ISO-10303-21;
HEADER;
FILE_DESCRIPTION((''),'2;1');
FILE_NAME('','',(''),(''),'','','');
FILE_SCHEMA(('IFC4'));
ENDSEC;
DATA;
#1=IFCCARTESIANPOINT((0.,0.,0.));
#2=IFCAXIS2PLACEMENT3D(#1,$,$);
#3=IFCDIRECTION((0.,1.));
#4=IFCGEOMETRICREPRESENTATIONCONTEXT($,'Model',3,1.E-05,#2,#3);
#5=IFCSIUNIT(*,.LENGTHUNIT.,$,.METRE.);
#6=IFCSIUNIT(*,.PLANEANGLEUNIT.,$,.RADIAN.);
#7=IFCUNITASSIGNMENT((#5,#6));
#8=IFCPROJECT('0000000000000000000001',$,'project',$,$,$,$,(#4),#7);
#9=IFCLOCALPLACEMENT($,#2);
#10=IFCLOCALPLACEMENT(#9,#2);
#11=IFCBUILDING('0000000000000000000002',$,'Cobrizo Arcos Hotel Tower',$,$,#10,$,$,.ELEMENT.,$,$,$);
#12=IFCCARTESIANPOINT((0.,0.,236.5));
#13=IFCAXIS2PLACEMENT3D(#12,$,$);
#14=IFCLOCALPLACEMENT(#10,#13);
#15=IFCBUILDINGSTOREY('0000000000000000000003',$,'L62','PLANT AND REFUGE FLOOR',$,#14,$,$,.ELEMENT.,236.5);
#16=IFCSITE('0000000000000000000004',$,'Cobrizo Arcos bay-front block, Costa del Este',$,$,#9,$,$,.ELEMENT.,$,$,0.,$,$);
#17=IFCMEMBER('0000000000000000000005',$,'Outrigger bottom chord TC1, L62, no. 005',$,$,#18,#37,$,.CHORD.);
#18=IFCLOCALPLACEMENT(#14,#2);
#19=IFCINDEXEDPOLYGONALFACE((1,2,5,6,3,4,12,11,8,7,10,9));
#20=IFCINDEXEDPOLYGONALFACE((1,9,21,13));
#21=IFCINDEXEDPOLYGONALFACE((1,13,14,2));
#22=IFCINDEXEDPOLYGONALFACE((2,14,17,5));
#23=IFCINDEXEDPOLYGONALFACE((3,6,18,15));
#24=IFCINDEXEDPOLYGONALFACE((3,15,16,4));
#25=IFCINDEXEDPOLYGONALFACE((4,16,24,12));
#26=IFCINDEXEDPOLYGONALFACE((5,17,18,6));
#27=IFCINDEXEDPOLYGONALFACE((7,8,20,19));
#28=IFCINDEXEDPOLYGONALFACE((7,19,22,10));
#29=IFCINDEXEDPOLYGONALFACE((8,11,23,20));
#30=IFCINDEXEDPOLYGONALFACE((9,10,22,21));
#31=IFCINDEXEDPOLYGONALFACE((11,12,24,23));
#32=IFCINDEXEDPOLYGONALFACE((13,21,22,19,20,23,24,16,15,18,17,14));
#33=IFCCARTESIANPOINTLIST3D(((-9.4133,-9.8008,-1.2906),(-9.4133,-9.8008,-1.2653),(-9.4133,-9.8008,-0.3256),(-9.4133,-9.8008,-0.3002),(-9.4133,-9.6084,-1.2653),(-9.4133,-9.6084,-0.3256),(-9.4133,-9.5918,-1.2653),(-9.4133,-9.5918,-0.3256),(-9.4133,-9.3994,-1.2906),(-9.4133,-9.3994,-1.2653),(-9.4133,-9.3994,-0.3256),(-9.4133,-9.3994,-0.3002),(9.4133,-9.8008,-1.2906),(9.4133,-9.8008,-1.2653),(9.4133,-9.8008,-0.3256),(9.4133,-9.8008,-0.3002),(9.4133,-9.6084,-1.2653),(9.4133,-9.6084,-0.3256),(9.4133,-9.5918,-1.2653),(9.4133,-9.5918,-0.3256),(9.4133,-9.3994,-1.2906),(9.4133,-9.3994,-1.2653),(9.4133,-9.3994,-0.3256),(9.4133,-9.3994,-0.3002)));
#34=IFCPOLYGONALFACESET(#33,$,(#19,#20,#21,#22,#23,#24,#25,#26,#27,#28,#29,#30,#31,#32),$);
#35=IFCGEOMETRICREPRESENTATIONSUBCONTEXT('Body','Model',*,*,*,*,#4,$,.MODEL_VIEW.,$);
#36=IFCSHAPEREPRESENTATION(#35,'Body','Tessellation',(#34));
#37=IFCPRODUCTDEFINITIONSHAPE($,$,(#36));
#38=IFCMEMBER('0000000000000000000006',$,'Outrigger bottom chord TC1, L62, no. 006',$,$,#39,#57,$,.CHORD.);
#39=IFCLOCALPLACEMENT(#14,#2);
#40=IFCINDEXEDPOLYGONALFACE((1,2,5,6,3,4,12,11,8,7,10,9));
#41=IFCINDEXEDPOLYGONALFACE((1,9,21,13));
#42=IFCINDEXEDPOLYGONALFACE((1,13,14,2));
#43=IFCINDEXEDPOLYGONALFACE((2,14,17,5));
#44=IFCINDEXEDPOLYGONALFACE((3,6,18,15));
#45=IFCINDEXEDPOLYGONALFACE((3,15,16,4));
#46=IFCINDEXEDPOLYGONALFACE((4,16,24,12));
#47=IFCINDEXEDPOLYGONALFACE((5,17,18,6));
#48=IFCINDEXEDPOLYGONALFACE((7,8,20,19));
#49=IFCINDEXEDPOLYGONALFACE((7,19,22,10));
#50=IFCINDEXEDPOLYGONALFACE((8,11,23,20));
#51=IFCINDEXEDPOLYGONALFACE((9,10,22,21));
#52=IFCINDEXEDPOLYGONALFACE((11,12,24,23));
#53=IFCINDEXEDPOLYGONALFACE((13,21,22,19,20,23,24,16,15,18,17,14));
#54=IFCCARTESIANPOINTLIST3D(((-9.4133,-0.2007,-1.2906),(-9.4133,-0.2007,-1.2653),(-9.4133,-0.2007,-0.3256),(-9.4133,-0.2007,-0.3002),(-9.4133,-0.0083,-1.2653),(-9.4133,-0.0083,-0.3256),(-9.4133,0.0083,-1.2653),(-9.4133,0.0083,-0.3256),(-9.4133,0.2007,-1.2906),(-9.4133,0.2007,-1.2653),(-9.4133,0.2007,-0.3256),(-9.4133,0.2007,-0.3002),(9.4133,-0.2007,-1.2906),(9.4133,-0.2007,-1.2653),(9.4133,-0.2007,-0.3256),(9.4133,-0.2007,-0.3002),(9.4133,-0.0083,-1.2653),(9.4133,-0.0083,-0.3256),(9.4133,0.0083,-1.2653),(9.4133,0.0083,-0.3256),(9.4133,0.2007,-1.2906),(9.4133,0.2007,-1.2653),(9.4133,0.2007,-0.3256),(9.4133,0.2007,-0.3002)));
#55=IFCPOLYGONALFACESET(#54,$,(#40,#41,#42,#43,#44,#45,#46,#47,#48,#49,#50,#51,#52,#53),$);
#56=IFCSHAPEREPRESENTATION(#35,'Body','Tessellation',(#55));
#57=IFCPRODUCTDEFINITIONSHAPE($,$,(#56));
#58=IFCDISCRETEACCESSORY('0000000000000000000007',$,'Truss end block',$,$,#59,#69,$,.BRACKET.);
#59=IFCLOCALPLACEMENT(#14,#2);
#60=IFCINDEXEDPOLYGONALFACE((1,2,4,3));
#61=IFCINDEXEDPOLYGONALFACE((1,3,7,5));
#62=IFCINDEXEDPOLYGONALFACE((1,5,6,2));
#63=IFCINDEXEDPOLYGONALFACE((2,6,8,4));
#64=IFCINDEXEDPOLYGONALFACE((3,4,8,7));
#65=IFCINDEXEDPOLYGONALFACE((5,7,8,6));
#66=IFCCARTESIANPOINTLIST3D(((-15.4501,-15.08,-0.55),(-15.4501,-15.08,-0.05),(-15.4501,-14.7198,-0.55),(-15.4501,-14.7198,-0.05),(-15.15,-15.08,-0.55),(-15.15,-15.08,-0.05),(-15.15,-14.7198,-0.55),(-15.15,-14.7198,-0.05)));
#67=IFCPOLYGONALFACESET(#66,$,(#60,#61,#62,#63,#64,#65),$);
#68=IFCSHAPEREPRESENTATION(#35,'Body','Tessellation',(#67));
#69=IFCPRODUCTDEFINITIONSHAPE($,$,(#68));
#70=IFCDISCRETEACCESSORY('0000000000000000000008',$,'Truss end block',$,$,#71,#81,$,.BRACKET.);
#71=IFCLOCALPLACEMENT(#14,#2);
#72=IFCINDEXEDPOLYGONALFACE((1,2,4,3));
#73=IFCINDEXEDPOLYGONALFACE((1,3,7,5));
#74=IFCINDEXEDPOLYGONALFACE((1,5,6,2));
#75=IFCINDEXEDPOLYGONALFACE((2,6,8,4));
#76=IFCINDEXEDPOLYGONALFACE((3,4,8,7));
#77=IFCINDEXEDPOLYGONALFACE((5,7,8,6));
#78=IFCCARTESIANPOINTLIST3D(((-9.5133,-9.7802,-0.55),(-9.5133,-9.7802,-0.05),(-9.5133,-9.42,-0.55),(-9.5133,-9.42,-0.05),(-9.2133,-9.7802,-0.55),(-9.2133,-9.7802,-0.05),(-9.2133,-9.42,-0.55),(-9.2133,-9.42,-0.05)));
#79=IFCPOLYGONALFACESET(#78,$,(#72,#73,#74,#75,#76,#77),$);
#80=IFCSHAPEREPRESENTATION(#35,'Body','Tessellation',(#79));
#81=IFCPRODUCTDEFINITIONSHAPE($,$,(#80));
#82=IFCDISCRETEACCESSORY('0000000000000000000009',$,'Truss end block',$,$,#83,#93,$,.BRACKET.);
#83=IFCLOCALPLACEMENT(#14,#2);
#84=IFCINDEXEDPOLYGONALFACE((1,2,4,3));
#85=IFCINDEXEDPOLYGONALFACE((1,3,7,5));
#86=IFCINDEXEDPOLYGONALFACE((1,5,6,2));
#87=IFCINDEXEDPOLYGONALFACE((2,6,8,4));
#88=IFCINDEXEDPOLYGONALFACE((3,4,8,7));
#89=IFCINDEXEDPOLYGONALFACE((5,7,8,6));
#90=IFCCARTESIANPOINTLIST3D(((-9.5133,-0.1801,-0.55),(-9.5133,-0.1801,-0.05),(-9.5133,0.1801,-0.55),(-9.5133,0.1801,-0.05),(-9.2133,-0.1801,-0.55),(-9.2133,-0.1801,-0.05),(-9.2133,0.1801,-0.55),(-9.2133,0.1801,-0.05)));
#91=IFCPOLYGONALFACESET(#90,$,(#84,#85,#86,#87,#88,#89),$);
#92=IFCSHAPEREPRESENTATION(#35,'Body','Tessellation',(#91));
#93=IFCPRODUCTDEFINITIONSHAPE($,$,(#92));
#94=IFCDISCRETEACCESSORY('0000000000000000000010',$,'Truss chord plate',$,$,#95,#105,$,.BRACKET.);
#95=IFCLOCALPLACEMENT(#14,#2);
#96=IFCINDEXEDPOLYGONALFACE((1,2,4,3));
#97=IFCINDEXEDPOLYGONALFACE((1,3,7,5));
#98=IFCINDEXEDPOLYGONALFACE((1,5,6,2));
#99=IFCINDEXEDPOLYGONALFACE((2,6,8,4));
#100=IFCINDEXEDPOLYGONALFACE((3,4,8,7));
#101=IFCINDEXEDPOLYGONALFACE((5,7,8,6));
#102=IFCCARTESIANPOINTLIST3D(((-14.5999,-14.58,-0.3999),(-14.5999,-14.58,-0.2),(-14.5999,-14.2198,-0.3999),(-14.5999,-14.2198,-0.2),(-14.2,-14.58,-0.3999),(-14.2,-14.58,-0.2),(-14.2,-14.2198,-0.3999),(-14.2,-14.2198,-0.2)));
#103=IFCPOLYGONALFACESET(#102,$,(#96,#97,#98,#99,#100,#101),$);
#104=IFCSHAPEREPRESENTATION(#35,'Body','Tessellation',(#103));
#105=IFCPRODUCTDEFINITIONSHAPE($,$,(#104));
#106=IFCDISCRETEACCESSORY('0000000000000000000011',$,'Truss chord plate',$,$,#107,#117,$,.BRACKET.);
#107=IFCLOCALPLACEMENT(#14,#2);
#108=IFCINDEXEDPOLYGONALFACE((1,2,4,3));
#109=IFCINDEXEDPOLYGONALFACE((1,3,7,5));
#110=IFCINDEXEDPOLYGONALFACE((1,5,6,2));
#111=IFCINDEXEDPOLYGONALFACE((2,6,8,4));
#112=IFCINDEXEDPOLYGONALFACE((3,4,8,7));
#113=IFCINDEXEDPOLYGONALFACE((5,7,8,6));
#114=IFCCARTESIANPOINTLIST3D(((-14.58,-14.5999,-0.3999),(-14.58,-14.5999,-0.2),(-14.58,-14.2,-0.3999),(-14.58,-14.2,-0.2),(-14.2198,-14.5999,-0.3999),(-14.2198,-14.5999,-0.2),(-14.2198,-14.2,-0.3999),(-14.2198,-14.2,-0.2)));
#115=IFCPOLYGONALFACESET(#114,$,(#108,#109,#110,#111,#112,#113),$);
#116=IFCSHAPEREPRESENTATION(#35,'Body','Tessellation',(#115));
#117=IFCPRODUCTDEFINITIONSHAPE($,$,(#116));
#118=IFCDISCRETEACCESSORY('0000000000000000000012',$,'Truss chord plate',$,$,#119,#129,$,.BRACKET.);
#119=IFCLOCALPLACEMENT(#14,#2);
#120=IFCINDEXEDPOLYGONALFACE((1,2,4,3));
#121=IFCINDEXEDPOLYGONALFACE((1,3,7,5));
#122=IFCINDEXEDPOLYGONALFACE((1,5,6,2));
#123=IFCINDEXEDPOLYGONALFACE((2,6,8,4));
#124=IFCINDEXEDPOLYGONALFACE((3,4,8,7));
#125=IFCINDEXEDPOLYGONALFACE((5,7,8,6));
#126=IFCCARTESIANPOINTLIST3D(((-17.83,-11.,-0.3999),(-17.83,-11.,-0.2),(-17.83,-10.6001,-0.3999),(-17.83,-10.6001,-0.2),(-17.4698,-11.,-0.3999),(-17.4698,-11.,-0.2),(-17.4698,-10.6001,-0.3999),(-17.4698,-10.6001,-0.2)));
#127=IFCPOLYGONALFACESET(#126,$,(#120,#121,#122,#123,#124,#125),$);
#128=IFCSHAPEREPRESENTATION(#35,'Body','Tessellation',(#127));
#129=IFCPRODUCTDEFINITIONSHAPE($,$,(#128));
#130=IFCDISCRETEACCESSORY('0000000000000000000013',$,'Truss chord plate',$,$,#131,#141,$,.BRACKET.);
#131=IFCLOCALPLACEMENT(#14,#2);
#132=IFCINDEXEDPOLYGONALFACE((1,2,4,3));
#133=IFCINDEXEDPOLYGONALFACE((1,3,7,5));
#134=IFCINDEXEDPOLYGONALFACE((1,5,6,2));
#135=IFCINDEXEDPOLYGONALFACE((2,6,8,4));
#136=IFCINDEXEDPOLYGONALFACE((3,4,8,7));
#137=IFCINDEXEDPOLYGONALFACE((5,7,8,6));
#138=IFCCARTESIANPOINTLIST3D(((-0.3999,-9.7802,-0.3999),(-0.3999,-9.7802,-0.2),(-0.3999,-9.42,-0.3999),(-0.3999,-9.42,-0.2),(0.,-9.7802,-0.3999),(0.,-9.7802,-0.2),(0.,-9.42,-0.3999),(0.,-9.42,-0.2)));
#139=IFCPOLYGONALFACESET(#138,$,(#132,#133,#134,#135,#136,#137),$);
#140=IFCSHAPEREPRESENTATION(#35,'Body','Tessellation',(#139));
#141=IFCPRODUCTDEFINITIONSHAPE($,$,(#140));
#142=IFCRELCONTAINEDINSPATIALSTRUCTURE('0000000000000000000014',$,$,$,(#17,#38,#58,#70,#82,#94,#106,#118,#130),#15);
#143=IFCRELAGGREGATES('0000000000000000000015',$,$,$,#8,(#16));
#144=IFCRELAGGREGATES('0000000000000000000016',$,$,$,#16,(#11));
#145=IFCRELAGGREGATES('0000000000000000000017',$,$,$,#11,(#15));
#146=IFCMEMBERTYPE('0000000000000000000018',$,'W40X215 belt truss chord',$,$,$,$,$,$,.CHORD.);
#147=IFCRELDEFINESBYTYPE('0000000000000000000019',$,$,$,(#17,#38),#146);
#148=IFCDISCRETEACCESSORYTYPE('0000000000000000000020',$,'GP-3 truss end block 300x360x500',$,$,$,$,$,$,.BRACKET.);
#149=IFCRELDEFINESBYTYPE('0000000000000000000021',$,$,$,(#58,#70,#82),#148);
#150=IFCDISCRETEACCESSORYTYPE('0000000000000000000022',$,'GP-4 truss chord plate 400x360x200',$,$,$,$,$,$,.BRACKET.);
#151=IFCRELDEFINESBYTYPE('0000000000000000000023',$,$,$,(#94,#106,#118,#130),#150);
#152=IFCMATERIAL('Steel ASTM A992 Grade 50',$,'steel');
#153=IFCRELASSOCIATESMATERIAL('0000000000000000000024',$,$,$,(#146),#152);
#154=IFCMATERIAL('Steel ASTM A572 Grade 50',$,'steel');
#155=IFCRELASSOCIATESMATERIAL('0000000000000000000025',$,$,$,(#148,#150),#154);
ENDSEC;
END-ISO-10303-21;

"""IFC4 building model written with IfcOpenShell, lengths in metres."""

from ifc_helpers import new_model, si_unit, direction, frame, origin, origin_2d, place, context, subcontext, project, spatial, rectangle, i_section, extrude, material, material_profile, profile_set, type_object, element, save


model = new_model("IFC4")

# Units and contexts
model_context = context("Model", 3, precision=1e-05, world=origin(), true_north=direction((0.0, 1.0)))
body_context = subcontext(model_context, "Body", "Model", "MODEL_VIEW")
ifc_project = project(units=[si_unit("LENGTHUNIT", "METRE"), si_unit("PLANEANGLEUNIT", "RADIAN")], contexts=[model_context])

# Site, building, storey
site_placement = place(None, origin())
site = spatial("IfcSite", under=ifc_project, at=site_placement, Name="Cobrizo Arcos bay-front block, Costa del Este", CompositionType="ELEMENT", RefElevation=0.0)
building_placement = place(site_placement, origin())
building = spatial("IfcBuilding", under=site, at=building_placement, Name="Cobrizo Arcos Hotel Tower", CompositionType="ELEMENT")
storey_placement = place(building_placement, frame((0.0, 0.0, 236.5)))
storey = spatial("IfcBuildingStorey", under=building, at=storey_placement, Name="L62", Description="PLANT AND REFUGE FLOOR", CompositionType="ELEMENT", Elevation=236.5)

# Shared definitions
ifc_material_1 = material(Name="Steel ASTM A572 Grade 50", Category="steel")
ifc_material_2 = material(Name="Steel ASTM A992 Grade 50", Category="steel")

# Members
ifc_material_profile_1 = material_profile(ifc_material_2, i_section(OverallWidth=0.4014, OverallDepth=0.9905, WebThickness=0.0166, FlangeThickness=0.0254, at=origin_2d()), Name="W40X215")
ifc_profile_set_1 = profile_set([ifc_material_profile_1], Name="Steel ASTM A992 Grade 50")
member_type_1 = type_object("IfcMemberType", Name="W40X215 belt truss chord", PredefinedType="CHORD", material=ifc_profile_set_1)
for number, where, z_axis, x_axis, name in (
    (1, (-9.4133, -9.6001, -0.7954), (1.0, 0.0, 0.0), (0.0, 1.0, 0.0), "Outrigger bottom chord TC1, L62, no. 005"),
    (2, (-9.4133, 0.0, -0.7954), (1.0, 0.0, 0.0), (0.0, 1.0, 0.0), "Outrigger bottom chord TC1, L62, no. 006"),
):
    element("IfcMember", number, at=place(storey_placement, frame(where, z_axis=z_axis, x_axis=x_axis)), inside=storey, type_object=member_type_1, Name=name, PredefinedType="CHORD", context=body_context, shape_type="SweptSolid", body=[
        extrude(i_section(OverallWidth=0.4014, OverallDepth=0.9905, WebThickness=0.0166, FlangeThickness=0.0254, at=origin_2d()), origin(), (0.0, 0.0, 1.0), 18.8267),
    ])

# Discrete accessories
discrete_accessory_type_1 = type_object("IfcDiscreteAccessoryType", Name="GP-3 truss end block 300x360x500", PredefinedType="BRACKET", material=ifc_material_1)
for number, where, z_axis, x_axis, name in (
    (3, (-15.3, -14.8999, -0.55), (0.0, 0.0, 1.0), (-1.0, 0.0, 0.0), "Truss end block"),
    (4, (-9.3633, -9.6001, -0.55), (0.0, 0.0, 1.0), (1.0, 0.0, 0.0), "Truss end block"),
    (5, (-9.3633, 0.0, -0.55), (0.0, 0.0, 1.0), (1.0, 0.0, 0.0), "Truss end block"),
):
    element("IfcDiscreteAccessory", number, at=place(storey_placement, frame(where, z_axis=z_axis, x_axis=x_axis)), inside=storey, type_object=discrete_accessory_type_1, Name=name, PredefinedType="BRACKET", context=body_context, shape_type="SweptSolid", body=[
        extrude(rectangle(XDim=0.3, YDim=0.3601, at=origin_2d()), origin(), (0.0, 0.0, 1.0), 0.5),
    ])
discrete_accessory_type_2 = type_object("IfcDiscreteAccessoryType", Name="GP-4 truss chord plate 400x360x200", PredefinedType="BRACKET", material=ifc_material_1)
for number, where, z_axis, x_axis, name in (
    (6, (-14.3999, -14.3999, -0.3999), (0.0, 0.0, 1.0), (1.0, 0.0, 0.0), "Truss chord plate"),
    (7, (-14.3999, -14.3999, -0.3999), (0.0, 0.0, 1.0), (0.0, -1.0, 0.0), "Truss chord plate"),
    (8, (-17.6499, -10.8, -0.3999), (0.0, 0.0, 1.0), (0.0, -1.0, 0.0), "Truss chord plate"),
    (9, (-0.2, -9.6001, -0.3999), (0.0, 0.0, 1.0), (1.0, 0.0, 0.0), "Truss chord plate"),
):
    element("IfcDiscreteAccessory", number, at=place(storey_placement, frame(where, z_axis=z_axis, x_axis=x_axis)), inside=storey, type_object=discrete_accessory_type_2, Name=name, PredefinedType="BRACKET", context=body_context, shape_type="SweptSolid", body=[
        extrude(rectangle(XDim=0.3999, YDim=0.3601, at=origin_2d()), origin(), (0.0, 0.0, 1.0), 0.2),
    ])

save(model, "model.ifc")
